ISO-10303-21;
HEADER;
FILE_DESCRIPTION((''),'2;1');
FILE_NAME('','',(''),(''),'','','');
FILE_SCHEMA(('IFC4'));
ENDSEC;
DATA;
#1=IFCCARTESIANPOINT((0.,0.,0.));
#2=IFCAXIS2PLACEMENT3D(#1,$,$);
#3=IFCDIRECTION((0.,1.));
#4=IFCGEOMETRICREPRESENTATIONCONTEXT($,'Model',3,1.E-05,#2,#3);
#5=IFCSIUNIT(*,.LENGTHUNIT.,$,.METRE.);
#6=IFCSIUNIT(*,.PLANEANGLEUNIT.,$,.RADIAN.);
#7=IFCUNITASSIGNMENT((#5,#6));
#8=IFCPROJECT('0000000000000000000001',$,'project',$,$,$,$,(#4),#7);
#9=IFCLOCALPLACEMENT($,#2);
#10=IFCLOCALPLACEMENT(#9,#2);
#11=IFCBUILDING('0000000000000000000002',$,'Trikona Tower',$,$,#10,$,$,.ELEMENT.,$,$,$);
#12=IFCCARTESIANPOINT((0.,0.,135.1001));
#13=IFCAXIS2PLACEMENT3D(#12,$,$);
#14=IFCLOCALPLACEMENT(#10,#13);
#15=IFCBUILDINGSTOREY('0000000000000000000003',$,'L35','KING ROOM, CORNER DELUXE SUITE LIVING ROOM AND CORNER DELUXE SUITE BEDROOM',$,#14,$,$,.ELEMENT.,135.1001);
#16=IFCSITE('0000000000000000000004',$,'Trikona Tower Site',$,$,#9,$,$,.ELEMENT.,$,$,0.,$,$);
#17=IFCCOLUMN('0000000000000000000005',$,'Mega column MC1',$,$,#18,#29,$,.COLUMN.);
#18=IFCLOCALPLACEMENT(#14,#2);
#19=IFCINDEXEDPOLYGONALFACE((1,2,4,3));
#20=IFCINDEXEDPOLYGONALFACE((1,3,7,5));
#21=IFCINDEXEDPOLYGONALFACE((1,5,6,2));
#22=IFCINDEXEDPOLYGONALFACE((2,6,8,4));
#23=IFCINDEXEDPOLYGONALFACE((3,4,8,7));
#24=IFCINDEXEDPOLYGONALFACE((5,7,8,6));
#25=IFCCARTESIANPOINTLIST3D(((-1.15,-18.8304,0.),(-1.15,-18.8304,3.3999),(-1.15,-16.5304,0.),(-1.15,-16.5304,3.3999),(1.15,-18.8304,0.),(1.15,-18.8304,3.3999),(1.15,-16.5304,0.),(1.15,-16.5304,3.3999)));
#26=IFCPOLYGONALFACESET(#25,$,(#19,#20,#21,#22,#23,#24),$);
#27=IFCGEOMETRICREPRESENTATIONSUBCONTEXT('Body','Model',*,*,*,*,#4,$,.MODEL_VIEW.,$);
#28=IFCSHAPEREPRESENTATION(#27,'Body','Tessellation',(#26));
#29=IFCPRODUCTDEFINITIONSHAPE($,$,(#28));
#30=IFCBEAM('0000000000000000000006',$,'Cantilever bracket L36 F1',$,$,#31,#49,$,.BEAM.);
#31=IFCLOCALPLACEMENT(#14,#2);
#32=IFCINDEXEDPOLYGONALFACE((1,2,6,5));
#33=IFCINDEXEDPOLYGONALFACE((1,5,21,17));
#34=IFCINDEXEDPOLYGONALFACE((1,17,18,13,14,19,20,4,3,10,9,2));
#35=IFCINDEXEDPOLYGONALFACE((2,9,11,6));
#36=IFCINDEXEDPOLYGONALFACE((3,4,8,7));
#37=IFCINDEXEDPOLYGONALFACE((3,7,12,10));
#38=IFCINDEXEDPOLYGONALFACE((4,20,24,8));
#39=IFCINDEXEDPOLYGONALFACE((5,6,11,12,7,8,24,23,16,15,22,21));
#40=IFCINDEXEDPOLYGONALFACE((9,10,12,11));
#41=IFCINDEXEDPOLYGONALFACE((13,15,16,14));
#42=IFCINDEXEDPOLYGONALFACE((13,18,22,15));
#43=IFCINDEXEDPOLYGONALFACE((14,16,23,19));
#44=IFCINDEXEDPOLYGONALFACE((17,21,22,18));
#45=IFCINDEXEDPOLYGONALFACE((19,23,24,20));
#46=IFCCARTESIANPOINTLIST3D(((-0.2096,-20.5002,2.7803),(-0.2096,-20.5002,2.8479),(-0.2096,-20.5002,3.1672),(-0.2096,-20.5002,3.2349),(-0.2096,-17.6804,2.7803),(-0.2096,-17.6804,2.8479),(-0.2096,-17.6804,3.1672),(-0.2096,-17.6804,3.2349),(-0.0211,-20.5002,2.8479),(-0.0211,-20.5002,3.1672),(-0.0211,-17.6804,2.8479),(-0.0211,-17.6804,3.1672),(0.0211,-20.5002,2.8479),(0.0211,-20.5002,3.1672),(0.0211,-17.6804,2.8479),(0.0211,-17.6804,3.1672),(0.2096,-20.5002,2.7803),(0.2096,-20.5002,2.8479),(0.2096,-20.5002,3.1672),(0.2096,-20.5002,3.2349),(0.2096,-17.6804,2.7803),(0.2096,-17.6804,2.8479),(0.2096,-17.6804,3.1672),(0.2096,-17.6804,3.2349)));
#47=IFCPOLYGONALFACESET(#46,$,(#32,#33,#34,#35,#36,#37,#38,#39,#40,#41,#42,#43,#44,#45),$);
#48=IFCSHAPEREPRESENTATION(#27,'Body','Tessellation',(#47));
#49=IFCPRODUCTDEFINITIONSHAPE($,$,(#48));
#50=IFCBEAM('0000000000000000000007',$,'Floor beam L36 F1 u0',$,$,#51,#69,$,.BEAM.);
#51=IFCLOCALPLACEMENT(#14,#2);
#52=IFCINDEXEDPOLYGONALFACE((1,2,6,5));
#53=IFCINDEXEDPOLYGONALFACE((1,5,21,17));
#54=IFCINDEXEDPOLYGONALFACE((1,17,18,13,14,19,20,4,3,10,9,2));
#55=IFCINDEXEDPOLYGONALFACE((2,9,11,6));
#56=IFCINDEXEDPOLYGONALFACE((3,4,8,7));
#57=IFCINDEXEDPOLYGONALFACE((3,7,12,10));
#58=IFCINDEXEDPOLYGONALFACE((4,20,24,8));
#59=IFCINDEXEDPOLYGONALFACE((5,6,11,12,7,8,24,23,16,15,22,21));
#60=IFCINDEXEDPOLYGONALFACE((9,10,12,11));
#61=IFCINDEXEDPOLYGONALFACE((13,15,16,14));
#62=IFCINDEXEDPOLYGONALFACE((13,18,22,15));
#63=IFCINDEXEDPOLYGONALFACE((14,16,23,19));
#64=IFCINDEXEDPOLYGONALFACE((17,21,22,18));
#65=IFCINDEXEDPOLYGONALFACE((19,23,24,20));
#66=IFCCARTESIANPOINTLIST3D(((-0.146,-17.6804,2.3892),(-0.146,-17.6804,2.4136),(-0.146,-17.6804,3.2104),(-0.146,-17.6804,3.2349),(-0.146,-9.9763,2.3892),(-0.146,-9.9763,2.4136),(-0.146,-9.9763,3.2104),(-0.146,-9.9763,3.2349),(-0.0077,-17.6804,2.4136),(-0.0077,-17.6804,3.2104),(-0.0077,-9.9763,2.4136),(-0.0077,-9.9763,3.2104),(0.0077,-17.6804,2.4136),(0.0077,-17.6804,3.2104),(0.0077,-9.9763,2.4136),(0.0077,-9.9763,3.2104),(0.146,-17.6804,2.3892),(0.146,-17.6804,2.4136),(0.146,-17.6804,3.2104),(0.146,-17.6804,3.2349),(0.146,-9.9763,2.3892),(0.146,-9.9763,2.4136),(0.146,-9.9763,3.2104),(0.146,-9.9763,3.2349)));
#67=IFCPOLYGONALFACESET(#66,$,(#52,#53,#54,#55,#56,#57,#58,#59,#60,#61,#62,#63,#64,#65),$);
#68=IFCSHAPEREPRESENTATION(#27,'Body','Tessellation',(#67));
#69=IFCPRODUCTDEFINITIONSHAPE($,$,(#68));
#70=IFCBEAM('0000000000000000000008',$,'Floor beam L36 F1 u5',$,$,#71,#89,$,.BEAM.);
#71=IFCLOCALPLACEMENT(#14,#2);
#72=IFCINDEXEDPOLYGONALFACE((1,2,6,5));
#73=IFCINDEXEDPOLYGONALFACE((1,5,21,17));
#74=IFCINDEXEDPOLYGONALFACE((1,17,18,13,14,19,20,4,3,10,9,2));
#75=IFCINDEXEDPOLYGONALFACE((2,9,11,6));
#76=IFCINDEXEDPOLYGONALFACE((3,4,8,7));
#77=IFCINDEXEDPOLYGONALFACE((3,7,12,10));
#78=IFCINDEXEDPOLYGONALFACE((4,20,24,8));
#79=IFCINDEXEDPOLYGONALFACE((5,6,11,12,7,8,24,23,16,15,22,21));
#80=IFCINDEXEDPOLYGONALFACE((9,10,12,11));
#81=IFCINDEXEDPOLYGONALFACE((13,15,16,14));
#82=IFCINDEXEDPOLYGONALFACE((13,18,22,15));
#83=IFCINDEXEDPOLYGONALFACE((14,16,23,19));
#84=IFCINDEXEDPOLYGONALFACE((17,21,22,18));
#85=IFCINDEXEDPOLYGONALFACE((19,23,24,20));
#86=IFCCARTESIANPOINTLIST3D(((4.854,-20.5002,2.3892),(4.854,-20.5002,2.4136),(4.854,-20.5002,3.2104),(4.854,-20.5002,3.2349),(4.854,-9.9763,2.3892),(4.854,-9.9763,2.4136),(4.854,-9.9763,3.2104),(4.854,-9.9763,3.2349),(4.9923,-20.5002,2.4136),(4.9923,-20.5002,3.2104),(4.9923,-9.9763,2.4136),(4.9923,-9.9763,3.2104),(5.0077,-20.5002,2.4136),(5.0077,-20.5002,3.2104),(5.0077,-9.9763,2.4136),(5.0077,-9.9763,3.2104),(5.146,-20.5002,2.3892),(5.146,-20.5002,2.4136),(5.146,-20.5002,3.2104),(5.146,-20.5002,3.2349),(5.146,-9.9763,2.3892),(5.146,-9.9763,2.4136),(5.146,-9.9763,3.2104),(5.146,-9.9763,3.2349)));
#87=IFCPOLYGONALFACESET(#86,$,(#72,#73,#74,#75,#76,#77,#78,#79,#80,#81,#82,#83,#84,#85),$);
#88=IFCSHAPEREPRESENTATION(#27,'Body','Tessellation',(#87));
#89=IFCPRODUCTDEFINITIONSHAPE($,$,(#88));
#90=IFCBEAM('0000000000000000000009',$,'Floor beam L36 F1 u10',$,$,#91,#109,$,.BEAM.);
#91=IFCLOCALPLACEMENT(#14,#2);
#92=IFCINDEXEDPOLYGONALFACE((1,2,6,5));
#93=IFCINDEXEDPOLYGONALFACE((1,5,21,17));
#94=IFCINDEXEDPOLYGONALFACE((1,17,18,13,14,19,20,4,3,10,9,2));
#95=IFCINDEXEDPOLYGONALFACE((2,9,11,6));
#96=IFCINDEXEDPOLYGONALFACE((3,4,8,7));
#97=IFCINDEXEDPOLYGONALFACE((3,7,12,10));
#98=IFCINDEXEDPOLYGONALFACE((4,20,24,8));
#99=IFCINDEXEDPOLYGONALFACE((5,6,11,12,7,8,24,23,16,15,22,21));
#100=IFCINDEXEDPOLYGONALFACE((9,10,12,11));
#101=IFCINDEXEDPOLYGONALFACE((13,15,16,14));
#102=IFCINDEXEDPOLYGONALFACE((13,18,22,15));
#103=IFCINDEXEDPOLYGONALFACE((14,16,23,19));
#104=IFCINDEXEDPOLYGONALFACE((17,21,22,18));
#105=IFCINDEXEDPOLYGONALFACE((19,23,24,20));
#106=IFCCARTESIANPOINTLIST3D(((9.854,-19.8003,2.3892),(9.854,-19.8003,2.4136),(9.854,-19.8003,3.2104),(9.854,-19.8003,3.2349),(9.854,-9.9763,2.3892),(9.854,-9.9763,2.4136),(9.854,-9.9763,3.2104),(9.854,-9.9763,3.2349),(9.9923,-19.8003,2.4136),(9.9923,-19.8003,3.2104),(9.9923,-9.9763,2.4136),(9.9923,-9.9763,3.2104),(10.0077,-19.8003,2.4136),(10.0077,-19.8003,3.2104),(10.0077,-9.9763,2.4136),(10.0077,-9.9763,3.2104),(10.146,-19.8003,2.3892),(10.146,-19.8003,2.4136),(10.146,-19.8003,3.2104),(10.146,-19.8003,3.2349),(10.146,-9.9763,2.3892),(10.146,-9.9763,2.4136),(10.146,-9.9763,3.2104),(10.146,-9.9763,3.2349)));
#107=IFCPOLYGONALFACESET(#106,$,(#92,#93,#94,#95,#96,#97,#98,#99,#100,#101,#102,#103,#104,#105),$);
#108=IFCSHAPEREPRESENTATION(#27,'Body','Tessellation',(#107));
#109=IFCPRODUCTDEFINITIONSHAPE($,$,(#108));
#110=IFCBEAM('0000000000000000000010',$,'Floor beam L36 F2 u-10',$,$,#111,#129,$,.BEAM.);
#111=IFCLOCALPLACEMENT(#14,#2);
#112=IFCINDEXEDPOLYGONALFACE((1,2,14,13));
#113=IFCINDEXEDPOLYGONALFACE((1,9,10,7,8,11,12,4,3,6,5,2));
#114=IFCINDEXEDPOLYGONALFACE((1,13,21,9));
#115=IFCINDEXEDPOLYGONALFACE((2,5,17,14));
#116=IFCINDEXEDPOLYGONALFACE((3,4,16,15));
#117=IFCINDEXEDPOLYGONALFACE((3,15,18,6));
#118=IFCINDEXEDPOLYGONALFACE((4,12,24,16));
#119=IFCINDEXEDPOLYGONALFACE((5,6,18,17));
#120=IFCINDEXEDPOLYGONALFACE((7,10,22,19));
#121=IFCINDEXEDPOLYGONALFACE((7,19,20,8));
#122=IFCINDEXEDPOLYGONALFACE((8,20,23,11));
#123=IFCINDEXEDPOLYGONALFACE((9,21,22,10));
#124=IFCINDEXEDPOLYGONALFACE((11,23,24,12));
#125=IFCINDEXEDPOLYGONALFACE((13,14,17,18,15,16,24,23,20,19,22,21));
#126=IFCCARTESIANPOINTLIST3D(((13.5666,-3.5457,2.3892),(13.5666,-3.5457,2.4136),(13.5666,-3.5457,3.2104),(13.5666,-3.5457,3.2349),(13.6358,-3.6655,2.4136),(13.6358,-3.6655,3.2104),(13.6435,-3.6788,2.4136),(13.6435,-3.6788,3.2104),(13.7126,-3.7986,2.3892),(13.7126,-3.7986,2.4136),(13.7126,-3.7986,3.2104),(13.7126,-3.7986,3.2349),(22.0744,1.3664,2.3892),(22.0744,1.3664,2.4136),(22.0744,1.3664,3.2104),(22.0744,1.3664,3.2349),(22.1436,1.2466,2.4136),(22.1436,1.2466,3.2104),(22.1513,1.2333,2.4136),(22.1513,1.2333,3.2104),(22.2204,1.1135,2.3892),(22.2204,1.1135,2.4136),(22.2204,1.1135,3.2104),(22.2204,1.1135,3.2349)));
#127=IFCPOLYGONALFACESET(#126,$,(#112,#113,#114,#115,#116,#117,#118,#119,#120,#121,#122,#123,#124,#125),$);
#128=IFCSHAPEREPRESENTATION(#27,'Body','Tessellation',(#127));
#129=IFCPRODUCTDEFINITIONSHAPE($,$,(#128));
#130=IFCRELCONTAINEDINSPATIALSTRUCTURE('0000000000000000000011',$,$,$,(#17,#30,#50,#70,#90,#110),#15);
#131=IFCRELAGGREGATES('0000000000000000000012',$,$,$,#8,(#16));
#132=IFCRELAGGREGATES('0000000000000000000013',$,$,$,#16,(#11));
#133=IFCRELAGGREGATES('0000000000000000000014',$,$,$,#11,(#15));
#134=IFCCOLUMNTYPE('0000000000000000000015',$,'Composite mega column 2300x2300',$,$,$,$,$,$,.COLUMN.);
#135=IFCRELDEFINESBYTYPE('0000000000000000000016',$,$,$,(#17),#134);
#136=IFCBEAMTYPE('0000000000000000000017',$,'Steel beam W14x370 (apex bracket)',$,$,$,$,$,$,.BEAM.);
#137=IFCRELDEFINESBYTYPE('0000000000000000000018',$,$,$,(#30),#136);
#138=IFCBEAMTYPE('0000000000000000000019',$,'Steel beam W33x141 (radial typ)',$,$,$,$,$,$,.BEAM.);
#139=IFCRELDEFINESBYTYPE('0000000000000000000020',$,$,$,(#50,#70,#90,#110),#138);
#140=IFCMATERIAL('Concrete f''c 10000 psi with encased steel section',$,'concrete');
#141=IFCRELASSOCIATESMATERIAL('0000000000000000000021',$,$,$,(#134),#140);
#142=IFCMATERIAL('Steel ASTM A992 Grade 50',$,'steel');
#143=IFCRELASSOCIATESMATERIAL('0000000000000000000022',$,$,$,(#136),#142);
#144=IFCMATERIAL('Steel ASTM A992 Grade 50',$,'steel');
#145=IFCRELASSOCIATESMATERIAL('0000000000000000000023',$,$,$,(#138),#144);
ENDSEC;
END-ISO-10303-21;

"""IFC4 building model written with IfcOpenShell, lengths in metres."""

from ifc_helpers import new_model, si_unit, direction, frame, origin, origin_2d, place, context, subcontext, project, spatial, rectangle, i_section, extrude, material, material_profile, profile_set, type_object, element, save


model = new_model("IFC4")

# Units and contexts
model_context = context("Model", 3, precision=1e-05, world=origin(), true_north=direction((0.0, 1.0)))
body_context = subcontext(model_context, "Body", "Model", "MODEL_VIEW")
ifc_project = project(units=[si_unit("LENGTHUNIT", "METRE"), si_unit("PLANEANGLEUNIT", "RADIAN")], contexts=[model_context])

# Site, building, storey
site_placement = place(None, origin())
site = spatial("IfcSite", under=ifc_project, at=site_placement, Name="Trikona Tower Site", CompositionType="ELEMENT", RefElevation=0.0)
building_placement = place(site_placement, origin())
building = spatial("IfcBuilding", under=site, at=building_placement, Name="Trikona Tower", CompositionType="ELEMENT")
storey_placement = place(building_placement, frame((0.0, 0.0, 135.1001)))
storey = spatial("IfcBuildingStorey", under=building, at=storey_placement, Name="L35", Description="KING ROOM, CORNER DELUXE SUITE LIVING ROOM AND CORNER DELUXE SUITE BEDROOM", CompositionType="ELEMENT", Elevation=135.1001)

# Column
ifc_material_1 = material(Name="Concrete f'c 10000 psi with encased steel section", Category="concrete")
ifc_material_profile_1 = material_profile(ifc_material_1, rectangle(XDim=2.3, YDim=2.3, at=origin_2d()), Name="MC2300")
ifc_profile_set_1 = profile_set([ifc_material_profile_1], Name="Concrete f'c 10000 psi with encased steel section")
column_type = type_object("IfcColumnType", Name="Composite mega column 2300x2300", PredefinedType="COLUMN", material=ifc_profile_set_1)
column_placement = place(storey_placement, frame((0.0, -17.6804, 0.0), z_axis=(0.0, 0.0, 1.0), x_axis=(0.0, -1.0, 0.0)))
element("IfcColumn", 1, at=column_placement, inside=storey, type_object=column_type, Name="Mega column MC1", PredefinedType="COLUMN", context=body_context, shape_type="SweptSolid", body=[
    extrude(rectangle(XDim=2.3, YDim=2.3, at=origin_2d()), origin(), (0.0, 0.0, 1.0), 3.3999),
])

# Beams
ifc_material_2 = material(Name="Steel ASTM A992 Grade 50", Category="steel")
ifc_material_profile_2 = material_profile(ifc_material_2, i_section(OverallWidth=0.4192, OverallDepth=0.4546, WebThickness=0.0422, FlangeThickness=0.0676, at=origin_2d()), Name="W14X370")
ifc_profile_set_2 = profile_set([ifc_material_profile_2], Name="Steel ASTM A992 Grade 50")
beam_type_1 = type_object("IfcBeamType", Name="Steel beam W14x370 (apex bracket)", PredefinedType="BEAM", material=ifc_profile_set_2)
beam_1_placement = place(storey_placement, frame((0.0, -17.6804, 3.0076), z_axis=(0.0, -1.0, 0.0), x_axis=(1.0, 0.0, 0.0)))
element("IfcBeam", 2, at=beam_1_placement, inside=storey, type_object=beam_type_1, Name="Cantilever bracket L36 F1", PredefinedType="BEAM", context=body_context, shape_type="SweptSolid", body=[
    extrude(i_section(OverallWidth=0.4192, OverallDepth=0.4546, WebThickness=0.0422, FlangeThickness=0.0676, at=origin_2d()), origin(), (0.0, 0.0, 1.0), 2.8198),
])
ifc_material_3 = material(Name="Steel ASTM A992 Grade 50", Category="steel")
ifc_material_profile_3 = material_profile(ifc_material_3, i_section(OverallWidth=0.292, OverallDepth=0.8457, WebThickness=0.0154, FlangeThickness=0.0244, at=origin_2d()), Name="W33X141")
ifc_profile_set_3 = profile_set([ifc_material_profile_3], Name="Steel ASTM A992 Grade 50")
beam_type_2 = type_object("IfcBeamType", Name="Steel beam W33x141 (radial typ)", PredefinedType="BEAM", material=ifc_profile_set_3)
beam_2_placement = place(storey_placement, frame((0.0, -9.9763, 2.812), z_axis=(0.0, -1.0, 0.0), x_axis=(1.0, 0.0, 0.0)))
element("IfcBeam", 3, at=beam_2_placement, inside=storey, type_object=beam_type_2, Name="Floor beam L36 F1 u0", PredefinedType="BEAM", context=body_context, shape_type="SweptSolid", body=[
    extrude(i_section(OverallWidth=0.292, OverallDepth=0.8457, WebThickness=0.0154, FlangeThickness=0.0244, at=origin_2d()), origin(), (0.0, 0.0, 1.0), 7.7041),
])
beam_3_placement = place(storey_placement, frame((5.0, -9.9763, 2.812), z_axis=(0.0, -1.0, 0.0), x_axis=(1.0, 0.0, 0.0)))
element("IfcBeam", 4, at=beam_3_placement, inside=storey, type_object=beam_type_2, Name="Floor beam L36 F1 u5", PredefinedType="BEAM", context=body_context, shape_type="SweptSolid", body=[
    extrude(i_section(OverallWidth=0.292, OverallDepth=0.8457, WebThickness=0.0154, FlangeThickness=0.0244, at=origin_2d()), origin(), (0.0, 0.0, 1.0), 10.5239),
])
for number, where, z_axis, x_axis, name in (
    (5, (10.0, -9.9763, 2.812), (0.0, -1.0, 0.0), (1.0, 0.0, 0.0), "Floor beam L36 F1 u10"),
    (6, (13.6396, -3.6721, 2.812), (0.86602, 0.500009, 0.0), (-0.500009, 0.86602, 0.0), "Floor beam L36 F2 u-10"),
):
    element("IfcBeam", number, at=place(storey_placement, frame(where, z_axis=z_axis, x_axis=x_axis)), inside=storey, type_object=beam_type_2, Name=name, PredefinedType="BEAM", context=body_context, shape_type="SweptSolid", body=[
        extrude(i_section(OverallWidth=0.292, OverallDepth=0.8457, WebThickness=0.0154, FlangeThickness=0.0244, at=origin_2d()), origin(), (0.0, 0.0, 1.0), 9.824),
    ])

save(model, "model.ifc")
